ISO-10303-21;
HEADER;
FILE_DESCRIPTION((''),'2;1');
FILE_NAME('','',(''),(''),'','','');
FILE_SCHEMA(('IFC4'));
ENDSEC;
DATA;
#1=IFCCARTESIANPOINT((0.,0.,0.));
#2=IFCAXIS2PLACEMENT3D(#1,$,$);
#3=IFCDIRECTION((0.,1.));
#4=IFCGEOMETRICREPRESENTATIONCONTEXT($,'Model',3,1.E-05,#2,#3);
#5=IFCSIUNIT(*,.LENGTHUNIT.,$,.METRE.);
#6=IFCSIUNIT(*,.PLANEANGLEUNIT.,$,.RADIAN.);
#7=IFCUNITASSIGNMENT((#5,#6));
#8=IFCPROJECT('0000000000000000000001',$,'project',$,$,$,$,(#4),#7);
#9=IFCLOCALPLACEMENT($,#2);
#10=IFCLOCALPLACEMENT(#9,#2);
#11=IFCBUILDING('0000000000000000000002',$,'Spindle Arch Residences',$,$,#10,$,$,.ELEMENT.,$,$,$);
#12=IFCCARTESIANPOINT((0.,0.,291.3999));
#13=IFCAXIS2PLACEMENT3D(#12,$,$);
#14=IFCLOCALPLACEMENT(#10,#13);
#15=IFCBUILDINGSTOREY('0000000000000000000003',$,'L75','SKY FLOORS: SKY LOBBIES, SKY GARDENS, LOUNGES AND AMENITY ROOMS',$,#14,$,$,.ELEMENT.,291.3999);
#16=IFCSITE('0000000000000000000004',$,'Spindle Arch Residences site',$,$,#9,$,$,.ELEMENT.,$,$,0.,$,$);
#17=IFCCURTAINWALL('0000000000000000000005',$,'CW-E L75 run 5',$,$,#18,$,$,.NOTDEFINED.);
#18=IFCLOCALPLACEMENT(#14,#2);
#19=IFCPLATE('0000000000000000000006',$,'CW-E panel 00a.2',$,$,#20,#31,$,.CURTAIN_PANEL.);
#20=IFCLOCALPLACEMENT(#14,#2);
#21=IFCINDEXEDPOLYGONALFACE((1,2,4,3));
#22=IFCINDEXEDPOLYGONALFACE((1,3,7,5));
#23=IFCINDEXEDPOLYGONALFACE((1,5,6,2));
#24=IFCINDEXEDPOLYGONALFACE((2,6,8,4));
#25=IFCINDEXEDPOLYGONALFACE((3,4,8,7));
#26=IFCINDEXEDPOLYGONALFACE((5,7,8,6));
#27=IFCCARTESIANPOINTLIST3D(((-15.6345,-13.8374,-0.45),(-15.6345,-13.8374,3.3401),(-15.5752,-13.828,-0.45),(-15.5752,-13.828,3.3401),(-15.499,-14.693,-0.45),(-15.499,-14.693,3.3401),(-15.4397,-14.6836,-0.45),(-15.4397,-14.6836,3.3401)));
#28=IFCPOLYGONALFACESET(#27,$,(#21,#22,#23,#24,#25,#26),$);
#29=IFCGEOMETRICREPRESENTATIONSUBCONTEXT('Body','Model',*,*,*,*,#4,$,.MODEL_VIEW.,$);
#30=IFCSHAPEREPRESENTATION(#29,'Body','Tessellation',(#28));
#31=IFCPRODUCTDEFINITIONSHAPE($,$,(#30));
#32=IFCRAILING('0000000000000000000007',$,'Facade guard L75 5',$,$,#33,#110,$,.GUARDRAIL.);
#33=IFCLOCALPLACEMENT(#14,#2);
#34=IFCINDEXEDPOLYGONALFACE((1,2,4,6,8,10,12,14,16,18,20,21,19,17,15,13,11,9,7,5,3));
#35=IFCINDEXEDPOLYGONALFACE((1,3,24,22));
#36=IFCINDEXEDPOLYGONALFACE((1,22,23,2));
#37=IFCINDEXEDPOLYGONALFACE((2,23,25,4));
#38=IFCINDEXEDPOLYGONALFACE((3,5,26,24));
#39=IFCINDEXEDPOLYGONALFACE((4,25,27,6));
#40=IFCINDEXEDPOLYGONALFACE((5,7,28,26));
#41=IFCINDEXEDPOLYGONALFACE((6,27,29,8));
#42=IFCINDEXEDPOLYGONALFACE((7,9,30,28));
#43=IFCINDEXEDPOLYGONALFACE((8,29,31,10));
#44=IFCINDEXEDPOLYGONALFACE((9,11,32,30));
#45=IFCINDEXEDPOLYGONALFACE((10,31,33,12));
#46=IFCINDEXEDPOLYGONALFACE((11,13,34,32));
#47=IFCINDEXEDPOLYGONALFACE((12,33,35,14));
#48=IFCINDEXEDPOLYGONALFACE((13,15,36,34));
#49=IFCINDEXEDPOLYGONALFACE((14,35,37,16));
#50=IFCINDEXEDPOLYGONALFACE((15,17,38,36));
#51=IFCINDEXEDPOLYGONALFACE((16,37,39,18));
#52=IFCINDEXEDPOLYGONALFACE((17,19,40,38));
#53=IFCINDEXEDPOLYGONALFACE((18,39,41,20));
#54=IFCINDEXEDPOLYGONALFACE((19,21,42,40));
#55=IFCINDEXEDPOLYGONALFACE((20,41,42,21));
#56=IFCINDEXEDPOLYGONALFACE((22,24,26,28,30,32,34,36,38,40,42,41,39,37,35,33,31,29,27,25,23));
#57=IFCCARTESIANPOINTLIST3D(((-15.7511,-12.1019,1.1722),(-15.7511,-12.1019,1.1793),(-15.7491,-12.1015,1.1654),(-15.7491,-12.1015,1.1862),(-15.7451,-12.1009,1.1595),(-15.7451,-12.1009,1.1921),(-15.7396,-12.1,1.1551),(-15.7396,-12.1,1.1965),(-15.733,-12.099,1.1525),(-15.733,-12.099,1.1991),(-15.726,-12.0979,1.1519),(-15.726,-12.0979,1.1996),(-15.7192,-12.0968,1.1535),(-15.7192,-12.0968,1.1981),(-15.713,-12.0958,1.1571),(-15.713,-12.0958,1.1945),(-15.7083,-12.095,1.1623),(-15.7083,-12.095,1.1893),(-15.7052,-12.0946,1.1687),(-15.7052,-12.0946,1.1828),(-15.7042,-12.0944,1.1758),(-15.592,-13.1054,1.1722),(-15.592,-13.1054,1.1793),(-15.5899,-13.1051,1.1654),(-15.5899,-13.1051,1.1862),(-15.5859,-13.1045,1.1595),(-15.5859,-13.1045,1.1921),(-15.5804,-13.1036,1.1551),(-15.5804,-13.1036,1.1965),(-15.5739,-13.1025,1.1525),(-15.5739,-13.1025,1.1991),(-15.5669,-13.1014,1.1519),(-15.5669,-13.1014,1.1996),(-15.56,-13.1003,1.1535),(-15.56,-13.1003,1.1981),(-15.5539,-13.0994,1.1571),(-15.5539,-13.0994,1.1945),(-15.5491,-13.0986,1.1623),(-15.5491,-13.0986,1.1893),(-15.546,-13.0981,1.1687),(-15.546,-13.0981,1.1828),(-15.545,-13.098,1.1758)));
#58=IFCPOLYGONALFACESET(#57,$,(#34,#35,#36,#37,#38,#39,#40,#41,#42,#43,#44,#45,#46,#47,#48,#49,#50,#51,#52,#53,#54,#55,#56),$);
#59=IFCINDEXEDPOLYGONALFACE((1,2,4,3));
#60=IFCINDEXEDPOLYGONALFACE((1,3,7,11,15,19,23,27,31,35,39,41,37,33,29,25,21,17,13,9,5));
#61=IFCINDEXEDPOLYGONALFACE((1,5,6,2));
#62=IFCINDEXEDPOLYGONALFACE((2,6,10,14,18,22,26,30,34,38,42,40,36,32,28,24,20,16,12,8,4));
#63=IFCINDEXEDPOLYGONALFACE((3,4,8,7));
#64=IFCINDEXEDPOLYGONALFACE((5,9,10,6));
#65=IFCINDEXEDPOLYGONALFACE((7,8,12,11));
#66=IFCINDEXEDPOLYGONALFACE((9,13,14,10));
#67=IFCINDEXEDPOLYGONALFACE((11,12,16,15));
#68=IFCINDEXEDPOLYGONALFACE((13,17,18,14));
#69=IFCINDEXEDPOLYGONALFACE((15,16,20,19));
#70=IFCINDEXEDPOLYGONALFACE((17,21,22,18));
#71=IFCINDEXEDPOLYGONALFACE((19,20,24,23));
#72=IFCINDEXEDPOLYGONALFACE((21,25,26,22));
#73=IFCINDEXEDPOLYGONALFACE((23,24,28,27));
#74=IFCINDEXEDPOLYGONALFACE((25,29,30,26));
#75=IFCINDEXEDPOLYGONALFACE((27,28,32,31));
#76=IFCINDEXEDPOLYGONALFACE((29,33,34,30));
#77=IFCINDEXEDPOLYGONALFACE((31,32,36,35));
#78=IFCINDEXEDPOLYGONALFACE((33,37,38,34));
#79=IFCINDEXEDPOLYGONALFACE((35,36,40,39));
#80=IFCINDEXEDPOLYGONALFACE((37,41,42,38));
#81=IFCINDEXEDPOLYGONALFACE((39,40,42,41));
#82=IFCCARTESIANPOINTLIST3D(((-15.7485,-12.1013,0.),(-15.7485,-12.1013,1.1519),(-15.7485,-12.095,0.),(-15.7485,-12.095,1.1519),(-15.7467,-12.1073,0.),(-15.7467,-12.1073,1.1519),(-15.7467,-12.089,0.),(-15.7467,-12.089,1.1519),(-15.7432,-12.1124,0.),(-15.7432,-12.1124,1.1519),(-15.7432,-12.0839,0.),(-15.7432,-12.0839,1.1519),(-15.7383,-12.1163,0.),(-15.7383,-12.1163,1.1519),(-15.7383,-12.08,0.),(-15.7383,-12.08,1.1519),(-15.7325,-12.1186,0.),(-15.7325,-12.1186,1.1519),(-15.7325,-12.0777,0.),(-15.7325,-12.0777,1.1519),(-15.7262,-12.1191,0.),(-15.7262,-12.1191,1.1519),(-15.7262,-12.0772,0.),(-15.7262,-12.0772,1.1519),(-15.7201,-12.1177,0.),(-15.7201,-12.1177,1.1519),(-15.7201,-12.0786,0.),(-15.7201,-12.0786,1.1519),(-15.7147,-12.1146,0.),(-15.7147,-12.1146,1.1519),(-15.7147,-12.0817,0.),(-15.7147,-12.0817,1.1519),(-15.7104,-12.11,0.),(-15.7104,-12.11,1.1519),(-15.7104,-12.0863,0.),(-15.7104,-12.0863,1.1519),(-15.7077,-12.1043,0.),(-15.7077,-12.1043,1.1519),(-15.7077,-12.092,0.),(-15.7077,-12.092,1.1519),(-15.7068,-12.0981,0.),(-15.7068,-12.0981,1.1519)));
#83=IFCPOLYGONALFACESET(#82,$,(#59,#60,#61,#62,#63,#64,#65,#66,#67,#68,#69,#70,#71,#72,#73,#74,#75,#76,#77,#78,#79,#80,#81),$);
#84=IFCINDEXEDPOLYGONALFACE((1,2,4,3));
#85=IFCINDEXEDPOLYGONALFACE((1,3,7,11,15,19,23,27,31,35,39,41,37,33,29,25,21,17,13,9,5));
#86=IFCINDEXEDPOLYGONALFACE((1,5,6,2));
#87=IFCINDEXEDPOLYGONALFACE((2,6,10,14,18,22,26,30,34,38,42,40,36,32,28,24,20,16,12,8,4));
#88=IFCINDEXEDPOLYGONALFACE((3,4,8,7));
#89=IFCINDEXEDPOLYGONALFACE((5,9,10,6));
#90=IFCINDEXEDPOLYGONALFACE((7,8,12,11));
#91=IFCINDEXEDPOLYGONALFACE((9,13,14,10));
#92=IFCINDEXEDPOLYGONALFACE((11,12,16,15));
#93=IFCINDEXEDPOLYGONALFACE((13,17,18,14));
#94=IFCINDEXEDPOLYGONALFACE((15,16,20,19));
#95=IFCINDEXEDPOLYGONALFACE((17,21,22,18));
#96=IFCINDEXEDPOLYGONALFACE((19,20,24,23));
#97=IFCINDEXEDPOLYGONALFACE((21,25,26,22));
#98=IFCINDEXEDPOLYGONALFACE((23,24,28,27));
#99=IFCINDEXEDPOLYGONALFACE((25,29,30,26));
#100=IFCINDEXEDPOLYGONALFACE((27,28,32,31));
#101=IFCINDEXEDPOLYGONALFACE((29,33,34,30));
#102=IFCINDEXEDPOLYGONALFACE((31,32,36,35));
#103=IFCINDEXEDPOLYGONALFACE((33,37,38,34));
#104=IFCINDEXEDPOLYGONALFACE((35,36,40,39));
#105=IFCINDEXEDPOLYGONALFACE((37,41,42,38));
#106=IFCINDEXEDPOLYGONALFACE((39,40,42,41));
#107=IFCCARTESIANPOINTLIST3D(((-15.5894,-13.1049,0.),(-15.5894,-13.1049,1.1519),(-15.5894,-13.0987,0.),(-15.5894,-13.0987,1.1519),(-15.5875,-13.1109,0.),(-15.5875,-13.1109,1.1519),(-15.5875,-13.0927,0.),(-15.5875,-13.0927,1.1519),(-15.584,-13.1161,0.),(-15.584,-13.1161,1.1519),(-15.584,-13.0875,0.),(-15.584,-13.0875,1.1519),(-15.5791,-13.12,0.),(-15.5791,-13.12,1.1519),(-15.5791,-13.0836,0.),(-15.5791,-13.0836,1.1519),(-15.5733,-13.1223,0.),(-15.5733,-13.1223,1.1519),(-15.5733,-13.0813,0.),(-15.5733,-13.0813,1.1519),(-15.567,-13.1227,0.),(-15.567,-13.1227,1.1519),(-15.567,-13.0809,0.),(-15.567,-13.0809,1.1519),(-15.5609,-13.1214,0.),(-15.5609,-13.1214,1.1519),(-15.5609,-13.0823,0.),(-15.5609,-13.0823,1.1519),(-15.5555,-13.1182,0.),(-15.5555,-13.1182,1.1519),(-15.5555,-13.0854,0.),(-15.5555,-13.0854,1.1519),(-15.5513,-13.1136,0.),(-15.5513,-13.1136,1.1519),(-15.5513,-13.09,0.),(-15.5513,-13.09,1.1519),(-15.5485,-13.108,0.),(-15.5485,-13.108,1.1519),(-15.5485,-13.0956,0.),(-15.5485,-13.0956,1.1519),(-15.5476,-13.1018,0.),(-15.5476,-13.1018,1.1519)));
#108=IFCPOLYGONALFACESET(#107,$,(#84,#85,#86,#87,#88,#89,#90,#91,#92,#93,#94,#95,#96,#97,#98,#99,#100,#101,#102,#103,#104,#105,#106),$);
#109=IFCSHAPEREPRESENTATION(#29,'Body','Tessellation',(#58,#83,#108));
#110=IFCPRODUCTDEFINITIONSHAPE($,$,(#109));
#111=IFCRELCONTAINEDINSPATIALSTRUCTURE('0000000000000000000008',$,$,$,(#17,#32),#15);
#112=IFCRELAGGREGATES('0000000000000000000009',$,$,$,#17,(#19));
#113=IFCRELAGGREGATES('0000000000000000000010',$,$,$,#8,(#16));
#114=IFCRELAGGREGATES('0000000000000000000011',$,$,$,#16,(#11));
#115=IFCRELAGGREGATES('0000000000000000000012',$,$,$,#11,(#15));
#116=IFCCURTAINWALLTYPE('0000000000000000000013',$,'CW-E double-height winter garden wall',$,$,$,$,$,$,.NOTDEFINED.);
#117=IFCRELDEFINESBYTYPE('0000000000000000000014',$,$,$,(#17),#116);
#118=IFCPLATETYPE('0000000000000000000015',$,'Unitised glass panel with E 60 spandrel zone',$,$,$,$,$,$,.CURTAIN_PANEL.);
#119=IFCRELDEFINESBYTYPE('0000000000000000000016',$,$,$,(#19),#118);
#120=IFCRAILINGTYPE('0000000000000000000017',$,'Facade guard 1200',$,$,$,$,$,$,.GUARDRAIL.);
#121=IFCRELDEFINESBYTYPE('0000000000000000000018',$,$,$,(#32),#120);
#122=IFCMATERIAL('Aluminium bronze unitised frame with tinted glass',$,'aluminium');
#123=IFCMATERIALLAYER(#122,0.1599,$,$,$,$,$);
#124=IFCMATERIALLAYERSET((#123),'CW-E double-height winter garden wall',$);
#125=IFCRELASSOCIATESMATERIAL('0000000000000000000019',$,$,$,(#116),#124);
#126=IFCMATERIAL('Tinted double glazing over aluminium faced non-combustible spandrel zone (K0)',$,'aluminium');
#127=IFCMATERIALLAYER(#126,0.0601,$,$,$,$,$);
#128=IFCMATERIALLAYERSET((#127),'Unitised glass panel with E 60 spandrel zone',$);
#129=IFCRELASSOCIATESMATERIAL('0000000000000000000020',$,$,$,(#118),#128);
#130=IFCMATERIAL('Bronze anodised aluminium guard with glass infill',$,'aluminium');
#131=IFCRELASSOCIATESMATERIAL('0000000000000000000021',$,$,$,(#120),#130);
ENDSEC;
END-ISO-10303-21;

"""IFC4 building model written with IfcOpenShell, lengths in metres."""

from ifc_helpers import new_model, si_unit, direction, frame, origin, origin_2d, place, context, subcontext, project, spatial, rectangle, circle, extrude, material, layer, layer_set, type_object, element, aggregate, save


model = new_model("IFC4")

# Units and contexts
model_context = context("Model", 3, precision=1e-05, world=origin(), true_north=direction((0.0, 1.0)))
body_context = subcontext(model_context, "Body", "Model", "MODEL_VIEW")
ifc_project = project(units=[si_unit("LENGTHUNIT", "METRE"), si_unit("PLANEANGLEUNIT", "RADIAN")], contexts=[model_context])

# Site, building, storey
site_placement = place(None, origin())
site = spatial("IfcSite", under=ifc_project, at=site_placement, Name="Spindle Arch Residences site", CompositionType="ELEMENT", RefElevation=0.0)
building_placement = place(site_placement, origin())
building = spatial("IfcBuilding", under=site, at=building_placement, Name="Spindle Arch Residences", CompositionType="ELEMENT")
storey_placement = place(building_placement, frame((0.0, 0.0, 291.3999)))
storey = spatial("IfcBuildingStorey", under=building, at=storey_placement, Name="L75", Description="SKY FLOORS: SKY LOBBIES, SKY GARDENS, LOUNGES AND AMENITY ROOMS", CompositionType="ELEMENT", Elevation=291.3999)

# Curtain wall
ifc_material_1 = material(Name="Aluminium bronze unitised frame with tinted glass", Category="aluminium")
ifc_layer_1 = layer(ifc_material_1, 0.1599)
ifc_layer_set_1 = layer_set([ifc_layer_1], Name="CW-E double-height winter garden wall")
curtain_wall_type = type_object("IfcCurtainWallType", Name="CW-E double-height winter garden wall", PredefinedType="NOTDEFINED", material=ifc_layer_set_1)
curtain_wall_1_placement = place(storey_placement, origin())
curtain_wall_1 = element("IfcCurtainWall", 1, at=curtain_wall_1_placement, inside=storey, type_object=curtain_wall_type, Name="CW-E L75 run 5", PredefinedType="NOTDEFINED")

# Plate
ifc_material_2 = material(Name="Tinted double glazing over aluminium faced non-combustible spandrel zone (K0)", Category="aluminium")
ifc_layer_2 = layer(ifc_material_2, 0.0601)
ifc_layer_set_2 = layer_set([ifc_layer_2], Name="Unitised glass panel with E 60 spandrel zone")
plate_type_1 = type_object("IfcPlateType", Name="Unitised glass panel with E 60 spandrel zone", PredefinedType="CURTAIN_PANEL", material=ifc_layer_set_2)
plate_1_placement = place(storey_placement, frame((-15.5371, -14.2605, -0.45), z_axis=(0.0, 0.0, 1.0), x_axis=(0.156434, -0.987688, 0.0)))
plate_1 = element("IfcPlate", 2, at=plate_1_placement, type_object=plate_type_1, Name="CW-E panel 00a.2", PredefinedType="CURTAIN_PANEL", context=body_context, shape_type="SweptSolid", body=[
    extrude(rectangle(XDim=0.8662, YDim=0.0601, at=origin_2d()), origin(), (0.0, 0.0, 1.0), 3.79),
])
aggregate(curtain_wall_1, [plate_1])

# Railing
ifc_material_3 = material(Name="Bronze anodised aluminium guard with glass infill", Category="aluminium")
railing_type = type_object("IfcRailingType", Name="Facade guard 1200", PredefinedType="GUARDRAIL", material=ifc_material_3)
railing_placement = place(storey_placement, frame((-15.7278, -12.0981, 0.0)))
element("IfcRailing", 3, at=railing_placement, inside=storey, type_object=railing_type, Name="Facade guard L75 5", PredefinedType="GUARDRAIL", context=body_context, shape_type="SweptSolid", body=[
    extrude(circle(Radius=0.0239, at=origin_2d()), frame((0.0, 0.0, 1.1758), z_axis=(0.156641, -0.987656, 0.0), x_axis=(0.987656, 0.156641, 0.0)), (0.0, 0.0, 1.0), 1.0161),
    extrude(circle(Radius=0.021, at=origin_2d()), origin(), (0.0, 0.0, 1.0), 1.1519),
    extrude(circle(Radius=0.021, at=origin_2d()), frame((0.1592, -1.0037, 0.0)), (0.0, 0.0, 1.0), 1.1519),
])

save(model, "model.ifc")
